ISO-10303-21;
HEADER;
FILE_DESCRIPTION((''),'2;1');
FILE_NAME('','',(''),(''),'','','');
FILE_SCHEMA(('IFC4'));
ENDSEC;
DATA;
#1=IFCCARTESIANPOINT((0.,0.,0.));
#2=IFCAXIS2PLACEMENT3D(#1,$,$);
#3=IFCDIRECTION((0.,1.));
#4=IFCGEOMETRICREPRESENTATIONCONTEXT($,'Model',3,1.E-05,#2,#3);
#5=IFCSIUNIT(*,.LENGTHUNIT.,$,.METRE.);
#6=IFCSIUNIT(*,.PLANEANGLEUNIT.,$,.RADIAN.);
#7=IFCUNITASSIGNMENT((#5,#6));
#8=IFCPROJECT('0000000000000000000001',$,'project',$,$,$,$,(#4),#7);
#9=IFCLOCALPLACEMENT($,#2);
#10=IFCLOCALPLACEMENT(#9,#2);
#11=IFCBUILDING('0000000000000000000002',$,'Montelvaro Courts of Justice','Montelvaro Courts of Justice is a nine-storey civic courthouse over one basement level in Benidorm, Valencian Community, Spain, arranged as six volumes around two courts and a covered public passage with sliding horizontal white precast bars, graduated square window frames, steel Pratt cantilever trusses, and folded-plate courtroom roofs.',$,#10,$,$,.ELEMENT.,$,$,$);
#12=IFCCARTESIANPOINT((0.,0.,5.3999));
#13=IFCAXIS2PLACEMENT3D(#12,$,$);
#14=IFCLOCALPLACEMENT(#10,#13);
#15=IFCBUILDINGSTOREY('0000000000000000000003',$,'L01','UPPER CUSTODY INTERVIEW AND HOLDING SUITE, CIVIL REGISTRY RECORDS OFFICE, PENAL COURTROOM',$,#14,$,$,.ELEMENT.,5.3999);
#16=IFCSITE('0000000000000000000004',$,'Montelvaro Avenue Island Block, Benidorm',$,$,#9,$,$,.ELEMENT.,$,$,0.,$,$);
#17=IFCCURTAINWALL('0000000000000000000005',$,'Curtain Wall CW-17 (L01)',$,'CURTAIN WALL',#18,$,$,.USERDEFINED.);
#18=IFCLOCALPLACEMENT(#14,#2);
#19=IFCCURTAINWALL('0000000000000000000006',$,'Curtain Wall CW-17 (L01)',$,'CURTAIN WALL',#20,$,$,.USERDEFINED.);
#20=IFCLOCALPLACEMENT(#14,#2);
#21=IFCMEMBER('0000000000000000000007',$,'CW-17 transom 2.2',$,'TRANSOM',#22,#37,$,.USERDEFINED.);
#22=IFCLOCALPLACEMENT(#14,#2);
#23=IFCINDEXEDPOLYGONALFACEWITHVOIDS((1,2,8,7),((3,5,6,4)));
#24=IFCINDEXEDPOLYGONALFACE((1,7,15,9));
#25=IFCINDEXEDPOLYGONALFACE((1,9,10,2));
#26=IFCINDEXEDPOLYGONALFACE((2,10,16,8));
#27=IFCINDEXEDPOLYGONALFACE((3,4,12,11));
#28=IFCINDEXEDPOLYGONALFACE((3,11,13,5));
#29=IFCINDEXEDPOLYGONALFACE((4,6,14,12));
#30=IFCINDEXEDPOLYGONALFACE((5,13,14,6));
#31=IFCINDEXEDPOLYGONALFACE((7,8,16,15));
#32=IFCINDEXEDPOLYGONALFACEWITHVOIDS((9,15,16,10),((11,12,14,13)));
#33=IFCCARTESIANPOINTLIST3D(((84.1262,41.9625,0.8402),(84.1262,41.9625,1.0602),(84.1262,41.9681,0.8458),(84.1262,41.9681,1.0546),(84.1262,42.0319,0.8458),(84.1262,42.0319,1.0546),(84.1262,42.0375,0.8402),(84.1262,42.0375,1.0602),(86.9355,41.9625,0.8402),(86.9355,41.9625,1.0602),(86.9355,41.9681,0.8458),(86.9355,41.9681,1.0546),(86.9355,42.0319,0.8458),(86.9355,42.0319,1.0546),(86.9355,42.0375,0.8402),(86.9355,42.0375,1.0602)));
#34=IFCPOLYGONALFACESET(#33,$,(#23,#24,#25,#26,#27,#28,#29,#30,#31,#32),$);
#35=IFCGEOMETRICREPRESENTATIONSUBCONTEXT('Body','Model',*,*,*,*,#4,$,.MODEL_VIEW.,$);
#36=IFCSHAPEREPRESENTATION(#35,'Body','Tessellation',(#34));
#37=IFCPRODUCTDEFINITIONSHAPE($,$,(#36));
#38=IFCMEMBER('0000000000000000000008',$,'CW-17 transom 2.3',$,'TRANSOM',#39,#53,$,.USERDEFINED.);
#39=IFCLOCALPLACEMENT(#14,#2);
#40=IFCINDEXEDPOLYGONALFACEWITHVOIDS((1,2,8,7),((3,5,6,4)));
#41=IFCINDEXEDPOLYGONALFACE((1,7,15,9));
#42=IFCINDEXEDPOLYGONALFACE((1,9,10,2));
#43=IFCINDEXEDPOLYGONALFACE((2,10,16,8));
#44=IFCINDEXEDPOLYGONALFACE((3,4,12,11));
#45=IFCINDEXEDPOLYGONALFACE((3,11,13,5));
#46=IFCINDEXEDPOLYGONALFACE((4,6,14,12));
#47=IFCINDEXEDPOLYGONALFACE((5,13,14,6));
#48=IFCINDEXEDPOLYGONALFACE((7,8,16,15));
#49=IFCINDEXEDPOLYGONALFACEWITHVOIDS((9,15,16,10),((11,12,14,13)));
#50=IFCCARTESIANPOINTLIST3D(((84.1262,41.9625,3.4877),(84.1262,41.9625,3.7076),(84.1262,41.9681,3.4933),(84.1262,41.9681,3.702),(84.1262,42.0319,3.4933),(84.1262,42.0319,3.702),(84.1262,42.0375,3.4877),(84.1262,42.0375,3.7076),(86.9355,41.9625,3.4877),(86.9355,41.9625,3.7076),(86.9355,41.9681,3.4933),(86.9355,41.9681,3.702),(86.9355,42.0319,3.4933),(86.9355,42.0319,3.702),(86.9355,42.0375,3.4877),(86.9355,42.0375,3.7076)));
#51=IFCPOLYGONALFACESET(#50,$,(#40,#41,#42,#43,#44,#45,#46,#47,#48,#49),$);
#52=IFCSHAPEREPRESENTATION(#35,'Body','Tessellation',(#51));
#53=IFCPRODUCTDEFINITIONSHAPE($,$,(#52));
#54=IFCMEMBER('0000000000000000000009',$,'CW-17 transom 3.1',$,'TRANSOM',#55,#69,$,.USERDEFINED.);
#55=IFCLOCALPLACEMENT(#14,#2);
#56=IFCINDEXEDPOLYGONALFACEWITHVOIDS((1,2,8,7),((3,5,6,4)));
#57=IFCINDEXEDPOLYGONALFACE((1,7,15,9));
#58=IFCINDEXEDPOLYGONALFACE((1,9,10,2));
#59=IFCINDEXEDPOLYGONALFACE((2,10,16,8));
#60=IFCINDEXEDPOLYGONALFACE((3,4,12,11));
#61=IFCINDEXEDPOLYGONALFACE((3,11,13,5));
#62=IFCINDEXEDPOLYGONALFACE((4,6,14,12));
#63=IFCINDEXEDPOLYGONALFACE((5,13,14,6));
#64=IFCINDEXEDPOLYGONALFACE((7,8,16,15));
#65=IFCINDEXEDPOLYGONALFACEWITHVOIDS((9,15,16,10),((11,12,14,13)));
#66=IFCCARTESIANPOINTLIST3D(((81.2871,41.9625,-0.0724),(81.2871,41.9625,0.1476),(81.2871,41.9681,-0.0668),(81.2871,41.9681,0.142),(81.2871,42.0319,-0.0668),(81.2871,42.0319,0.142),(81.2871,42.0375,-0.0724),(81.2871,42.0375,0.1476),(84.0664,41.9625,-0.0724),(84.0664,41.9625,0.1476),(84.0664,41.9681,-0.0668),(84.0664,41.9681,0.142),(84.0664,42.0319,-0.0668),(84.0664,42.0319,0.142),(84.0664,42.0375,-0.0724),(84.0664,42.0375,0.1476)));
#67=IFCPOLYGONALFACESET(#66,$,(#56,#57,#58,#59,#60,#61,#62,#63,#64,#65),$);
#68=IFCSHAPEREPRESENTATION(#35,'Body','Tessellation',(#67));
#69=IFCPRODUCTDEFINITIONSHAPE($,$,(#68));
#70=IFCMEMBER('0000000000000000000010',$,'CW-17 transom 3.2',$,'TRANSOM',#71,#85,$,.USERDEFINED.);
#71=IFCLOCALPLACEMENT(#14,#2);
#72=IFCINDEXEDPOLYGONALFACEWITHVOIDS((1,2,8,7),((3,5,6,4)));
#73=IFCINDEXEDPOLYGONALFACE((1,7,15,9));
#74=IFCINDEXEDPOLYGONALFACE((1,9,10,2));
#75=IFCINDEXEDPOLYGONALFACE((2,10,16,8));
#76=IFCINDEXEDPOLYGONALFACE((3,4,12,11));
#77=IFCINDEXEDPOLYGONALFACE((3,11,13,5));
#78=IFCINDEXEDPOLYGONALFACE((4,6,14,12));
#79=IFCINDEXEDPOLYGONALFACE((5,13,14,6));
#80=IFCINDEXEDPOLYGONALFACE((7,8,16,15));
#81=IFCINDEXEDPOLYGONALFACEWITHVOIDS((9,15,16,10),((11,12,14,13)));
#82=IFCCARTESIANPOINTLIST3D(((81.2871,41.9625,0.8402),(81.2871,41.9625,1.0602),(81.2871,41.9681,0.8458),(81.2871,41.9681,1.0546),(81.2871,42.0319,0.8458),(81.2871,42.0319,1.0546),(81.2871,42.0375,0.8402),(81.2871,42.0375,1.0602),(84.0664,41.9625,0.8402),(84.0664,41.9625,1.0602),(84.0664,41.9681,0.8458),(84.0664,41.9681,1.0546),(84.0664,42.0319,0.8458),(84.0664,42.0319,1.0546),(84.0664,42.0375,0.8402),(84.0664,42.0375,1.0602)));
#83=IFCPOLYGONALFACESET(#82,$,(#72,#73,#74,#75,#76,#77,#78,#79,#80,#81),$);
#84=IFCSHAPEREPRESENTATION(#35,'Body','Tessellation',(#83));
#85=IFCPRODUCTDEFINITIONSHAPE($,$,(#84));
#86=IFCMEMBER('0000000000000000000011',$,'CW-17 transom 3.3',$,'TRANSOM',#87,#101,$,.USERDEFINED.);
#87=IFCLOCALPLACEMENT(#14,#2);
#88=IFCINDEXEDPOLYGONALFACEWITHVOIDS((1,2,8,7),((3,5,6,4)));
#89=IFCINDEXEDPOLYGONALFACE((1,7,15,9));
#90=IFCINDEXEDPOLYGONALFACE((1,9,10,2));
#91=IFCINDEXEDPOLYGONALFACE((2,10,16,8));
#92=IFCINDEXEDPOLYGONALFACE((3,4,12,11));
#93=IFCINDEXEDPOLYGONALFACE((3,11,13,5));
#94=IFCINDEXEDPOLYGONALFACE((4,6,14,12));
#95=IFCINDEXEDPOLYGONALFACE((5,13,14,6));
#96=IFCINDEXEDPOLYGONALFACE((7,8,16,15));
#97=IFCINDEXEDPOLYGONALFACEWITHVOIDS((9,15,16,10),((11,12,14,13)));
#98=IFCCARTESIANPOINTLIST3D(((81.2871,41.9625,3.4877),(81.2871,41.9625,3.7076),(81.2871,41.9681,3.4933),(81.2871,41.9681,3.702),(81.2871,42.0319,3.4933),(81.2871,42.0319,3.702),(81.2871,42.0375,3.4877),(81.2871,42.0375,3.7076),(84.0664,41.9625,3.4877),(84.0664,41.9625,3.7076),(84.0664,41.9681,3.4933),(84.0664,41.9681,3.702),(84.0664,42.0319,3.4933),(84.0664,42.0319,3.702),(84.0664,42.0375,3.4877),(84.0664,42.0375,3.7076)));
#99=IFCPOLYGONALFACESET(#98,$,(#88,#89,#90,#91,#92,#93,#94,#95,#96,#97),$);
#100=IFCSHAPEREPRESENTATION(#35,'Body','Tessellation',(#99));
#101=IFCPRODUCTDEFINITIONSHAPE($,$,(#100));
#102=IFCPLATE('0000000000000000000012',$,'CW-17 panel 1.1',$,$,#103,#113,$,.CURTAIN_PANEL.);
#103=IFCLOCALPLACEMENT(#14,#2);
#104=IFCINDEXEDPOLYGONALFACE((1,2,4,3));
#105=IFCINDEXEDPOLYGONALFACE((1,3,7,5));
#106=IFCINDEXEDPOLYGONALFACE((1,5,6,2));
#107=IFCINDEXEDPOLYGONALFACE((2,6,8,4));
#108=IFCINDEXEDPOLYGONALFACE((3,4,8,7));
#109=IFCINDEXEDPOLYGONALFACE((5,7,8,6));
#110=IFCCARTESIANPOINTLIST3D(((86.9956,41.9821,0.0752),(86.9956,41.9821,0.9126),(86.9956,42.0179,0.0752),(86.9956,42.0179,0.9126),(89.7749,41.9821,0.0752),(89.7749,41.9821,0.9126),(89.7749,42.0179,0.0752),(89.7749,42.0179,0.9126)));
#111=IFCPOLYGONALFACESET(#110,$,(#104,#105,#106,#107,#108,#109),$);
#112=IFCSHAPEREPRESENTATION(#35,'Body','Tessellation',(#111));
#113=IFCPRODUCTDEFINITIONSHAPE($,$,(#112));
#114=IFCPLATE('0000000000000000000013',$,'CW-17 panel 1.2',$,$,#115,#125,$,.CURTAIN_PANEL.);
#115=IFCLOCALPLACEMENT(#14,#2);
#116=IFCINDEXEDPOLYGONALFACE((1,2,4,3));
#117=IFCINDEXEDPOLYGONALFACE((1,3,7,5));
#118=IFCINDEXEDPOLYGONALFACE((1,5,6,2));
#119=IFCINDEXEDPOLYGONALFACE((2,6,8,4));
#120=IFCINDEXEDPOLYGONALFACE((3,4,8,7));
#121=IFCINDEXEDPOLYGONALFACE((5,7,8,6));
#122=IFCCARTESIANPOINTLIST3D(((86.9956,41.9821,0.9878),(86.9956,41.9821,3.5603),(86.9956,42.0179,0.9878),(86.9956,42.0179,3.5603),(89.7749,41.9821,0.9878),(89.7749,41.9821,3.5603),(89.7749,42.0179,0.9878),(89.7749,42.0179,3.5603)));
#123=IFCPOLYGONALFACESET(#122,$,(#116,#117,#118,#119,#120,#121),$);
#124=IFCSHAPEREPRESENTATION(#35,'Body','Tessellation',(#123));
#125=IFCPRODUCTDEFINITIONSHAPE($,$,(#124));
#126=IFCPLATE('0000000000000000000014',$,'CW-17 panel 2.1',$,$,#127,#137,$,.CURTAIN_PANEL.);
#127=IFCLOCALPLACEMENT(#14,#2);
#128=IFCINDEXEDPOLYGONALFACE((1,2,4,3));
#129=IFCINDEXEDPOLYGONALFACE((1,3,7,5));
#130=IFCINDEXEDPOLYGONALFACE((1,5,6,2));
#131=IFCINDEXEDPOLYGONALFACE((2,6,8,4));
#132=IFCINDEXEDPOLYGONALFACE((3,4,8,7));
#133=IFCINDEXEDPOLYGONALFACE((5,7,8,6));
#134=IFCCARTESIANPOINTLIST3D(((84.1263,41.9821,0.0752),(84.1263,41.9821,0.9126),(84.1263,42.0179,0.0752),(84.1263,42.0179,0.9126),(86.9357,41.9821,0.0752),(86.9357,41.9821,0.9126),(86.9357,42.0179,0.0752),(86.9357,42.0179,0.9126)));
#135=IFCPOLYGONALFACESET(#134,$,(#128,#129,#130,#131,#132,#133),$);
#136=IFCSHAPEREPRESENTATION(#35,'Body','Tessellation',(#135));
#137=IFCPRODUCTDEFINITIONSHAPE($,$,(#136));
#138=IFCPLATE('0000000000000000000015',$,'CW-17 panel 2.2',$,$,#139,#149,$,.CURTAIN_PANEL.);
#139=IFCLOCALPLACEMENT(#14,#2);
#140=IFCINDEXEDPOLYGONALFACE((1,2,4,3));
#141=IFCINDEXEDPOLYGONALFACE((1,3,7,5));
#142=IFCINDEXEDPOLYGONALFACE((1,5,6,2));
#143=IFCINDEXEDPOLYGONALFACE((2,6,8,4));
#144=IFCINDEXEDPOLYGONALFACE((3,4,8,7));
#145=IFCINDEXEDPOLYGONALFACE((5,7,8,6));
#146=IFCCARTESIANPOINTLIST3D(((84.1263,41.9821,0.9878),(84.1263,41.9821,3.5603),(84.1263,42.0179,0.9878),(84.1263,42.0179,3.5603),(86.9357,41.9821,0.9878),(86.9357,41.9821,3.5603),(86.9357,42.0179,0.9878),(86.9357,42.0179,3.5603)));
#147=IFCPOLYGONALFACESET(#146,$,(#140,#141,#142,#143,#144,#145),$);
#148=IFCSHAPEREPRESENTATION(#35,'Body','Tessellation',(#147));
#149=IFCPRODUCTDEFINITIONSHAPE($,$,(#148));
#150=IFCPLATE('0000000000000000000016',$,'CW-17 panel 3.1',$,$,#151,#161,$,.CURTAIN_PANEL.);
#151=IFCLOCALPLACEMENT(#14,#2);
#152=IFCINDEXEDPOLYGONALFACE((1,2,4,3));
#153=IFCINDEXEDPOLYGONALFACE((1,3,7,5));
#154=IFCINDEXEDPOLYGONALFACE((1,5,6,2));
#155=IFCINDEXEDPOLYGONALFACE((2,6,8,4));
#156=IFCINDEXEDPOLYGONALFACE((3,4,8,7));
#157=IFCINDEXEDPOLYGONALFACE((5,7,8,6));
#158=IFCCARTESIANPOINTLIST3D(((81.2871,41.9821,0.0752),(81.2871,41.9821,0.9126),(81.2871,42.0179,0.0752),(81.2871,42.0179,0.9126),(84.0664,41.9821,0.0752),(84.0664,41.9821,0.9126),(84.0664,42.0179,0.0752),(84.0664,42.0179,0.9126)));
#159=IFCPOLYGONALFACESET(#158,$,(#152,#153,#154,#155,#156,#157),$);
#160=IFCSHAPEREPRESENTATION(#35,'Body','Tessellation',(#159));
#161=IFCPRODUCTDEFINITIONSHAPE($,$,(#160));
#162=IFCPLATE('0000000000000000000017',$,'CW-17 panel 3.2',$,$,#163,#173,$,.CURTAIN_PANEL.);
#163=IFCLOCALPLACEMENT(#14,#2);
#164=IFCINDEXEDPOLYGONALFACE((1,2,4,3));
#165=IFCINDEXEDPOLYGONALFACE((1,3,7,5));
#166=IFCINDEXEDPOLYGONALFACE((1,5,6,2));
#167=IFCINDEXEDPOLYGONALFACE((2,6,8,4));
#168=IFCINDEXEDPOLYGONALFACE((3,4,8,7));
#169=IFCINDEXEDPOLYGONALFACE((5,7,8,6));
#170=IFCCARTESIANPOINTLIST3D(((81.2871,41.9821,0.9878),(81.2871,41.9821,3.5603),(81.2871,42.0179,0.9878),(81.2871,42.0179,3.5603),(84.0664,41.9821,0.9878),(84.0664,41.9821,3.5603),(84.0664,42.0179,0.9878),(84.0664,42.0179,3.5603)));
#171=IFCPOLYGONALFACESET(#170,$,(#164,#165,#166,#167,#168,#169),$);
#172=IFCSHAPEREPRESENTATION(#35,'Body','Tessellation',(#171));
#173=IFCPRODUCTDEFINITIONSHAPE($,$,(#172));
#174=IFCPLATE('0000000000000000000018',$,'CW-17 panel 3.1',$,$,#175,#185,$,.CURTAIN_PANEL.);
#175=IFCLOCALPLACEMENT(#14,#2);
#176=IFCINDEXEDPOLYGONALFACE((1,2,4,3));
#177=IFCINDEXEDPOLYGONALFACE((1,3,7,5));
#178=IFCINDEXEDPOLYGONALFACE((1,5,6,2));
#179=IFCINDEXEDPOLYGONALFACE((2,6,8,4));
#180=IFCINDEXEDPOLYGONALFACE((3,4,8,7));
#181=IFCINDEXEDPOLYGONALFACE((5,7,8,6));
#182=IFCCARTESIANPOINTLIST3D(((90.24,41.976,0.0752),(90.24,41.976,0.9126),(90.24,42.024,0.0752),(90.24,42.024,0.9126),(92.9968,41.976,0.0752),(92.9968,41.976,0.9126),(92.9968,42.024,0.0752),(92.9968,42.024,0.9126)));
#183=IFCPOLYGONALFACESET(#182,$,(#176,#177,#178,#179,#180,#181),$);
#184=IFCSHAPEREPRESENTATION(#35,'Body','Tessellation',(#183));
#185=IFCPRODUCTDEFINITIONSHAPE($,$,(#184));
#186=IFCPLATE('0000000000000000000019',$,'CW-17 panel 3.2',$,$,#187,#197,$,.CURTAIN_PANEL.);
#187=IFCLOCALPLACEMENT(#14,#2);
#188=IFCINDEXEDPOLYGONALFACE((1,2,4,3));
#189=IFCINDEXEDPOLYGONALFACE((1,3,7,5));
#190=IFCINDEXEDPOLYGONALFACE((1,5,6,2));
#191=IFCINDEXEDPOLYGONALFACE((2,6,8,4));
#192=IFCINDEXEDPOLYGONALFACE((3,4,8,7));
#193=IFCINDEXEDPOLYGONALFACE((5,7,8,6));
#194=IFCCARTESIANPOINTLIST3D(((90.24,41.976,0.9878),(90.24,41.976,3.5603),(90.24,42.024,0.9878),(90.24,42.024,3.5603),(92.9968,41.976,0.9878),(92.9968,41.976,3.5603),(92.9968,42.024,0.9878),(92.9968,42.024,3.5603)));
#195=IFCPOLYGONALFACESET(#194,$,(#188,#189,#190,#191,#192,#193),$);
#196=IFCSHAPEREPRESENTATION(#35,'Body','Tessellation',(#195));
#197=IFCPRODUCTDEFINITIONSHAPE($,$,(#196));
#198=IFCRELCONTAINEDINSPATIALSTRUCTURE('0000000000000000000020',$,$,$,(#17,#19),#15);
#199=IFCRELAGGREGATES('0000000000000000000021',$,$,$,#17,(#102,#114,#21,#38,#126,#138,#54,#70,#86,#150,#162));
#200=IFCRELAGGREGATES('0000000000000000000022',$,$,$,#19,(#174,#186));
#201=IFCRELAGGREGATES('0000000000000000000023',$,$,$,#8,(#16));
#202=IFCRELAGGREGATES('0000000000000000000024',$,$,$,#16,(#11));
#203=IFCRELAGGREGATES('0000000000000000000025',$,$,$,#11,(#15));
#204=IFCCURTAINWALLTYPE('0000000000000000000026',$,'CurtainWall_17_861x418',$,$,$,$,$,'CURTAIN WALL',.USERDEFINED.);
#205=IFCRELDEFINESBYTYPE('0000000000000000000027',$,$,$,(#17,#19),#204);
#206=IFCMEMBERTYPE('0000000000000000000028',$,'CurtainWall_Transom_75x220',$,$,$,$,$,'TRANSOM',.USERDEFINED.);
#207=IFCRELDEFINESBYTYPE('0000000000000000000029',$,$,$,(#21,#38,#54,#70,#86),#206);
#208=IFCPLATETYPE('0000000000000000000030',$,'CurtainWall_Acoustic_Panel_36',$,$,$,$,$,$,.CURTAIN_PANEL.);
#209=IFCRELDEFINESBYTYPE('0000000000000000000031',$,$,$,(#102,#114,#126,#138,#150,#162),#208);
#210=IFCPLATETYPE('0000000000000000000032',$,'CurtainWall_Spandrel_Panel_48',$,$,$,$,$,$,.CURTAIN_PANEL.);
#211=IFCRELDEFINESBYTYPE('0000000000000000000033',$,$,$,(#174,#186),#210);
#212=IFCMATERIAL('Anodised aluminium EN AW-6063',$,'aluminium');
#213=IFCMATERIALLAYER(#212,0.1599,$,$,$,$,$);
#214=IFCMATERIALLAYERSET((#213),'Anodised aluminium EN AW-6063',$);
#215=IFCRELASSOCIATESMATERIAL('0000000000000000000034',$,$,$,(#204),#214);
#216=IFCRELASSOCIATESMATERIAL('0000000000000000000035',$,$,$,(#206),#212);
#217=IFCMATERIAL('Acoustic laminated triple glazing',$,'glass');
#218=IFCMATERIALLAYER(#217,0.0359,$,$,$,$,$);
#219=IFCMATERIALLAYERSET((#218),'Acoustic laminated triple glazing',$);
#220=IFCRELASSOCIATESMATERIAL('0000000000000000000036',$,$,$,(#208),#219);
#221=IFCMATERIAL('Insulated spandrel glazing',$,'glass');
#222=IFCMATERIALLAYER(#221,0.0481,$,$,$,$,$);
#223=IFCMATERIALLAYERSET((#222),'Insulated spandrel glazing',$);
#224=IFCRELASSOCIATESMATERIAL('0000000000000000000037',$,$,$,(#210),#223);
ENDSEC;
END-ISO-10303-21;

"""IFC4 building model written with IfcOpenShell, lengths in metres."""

from ifc_helpers import new_model, si_unit, direction, frame, origin, origin_2d, place, context, subcontext, project, spatial, rectangle, hollow_rectangle, extrude, material, layer, layer_set, material_profile, profile_set, type_object, element, aggregate, save


model = new_model("IFC4")

# Units and contexts
model_context = context("Model", 3, precision=1e-05, world=origin(), true_north=direction((0.0, 1.0)))
body_context = subcontext(model_context, "Body", "Model", "MODEL_VIEW")
ifc_project = project(units=[si_unit("LENGTHUNIT", "METRE"), si_unit("PLANEANGLEUNIT", "RADIAN")], contexts=[model_context])

# Site, building, storey
site_placement = place(None, origin())
site = spatial("IfcSite", under=ifc_project, at=site_placement, Name="Montelvaro Avenue Island Block, Benidorm", CompositionType="ELEMENT", RefElevation=0.0)
building_placement = place(site_placement, origin())
building = spatial("IfcBuilding", under=site, at=building_placement, Name="Montelvaro Courts of Justice", Description="Montelvaro Courts of Justice is a nine-storey civic courthouse over one basement level in Benidorm, Valencian Community, Spain, arranged as six volumes around two courts and a covered public passage with sliding horizontal white precast bars, graduated square window frames, steel Pratt cantilever trusses, and folded-plate courtroom roofs.", CompositionType="ELEMENT")
storey_placement = place(building_placement, frame((0.0, 0.0, 5.3999)))
storey = spatial("IfcBuildingStorey", under=building, at=storey_placement, Name="L01", Description="UPPER CUSTODY INTERVIEW AND HOLDING SUITE, CIVIL REGISTRY RECORDS OFFICE, PENAL COURTROOM", CompositionType="ELEMENT", Elevation=5.3999)

# Curtain walls
ifc_material_1 = material(Name="Anodised aluminium EN AW-6063", Category="aluminium")
ifc_layer_1 = layer(ifc_material_1, 0.1599)
ifc_layer_set_1 = layer_set([ifc_layer_1], Name="Anodised aluminium EN AW-6063")
curtain_wall_type = type_object("IfcCurtainWallType", Name="CurtainWall_17_861x418", ElementType="CURTAIN WALL", PredefinedType="USERDEFINED", material=ifc_layer_set_1)
curtain_wall_1_placement = place(storey_placement, origin())
curtain_wall_1 = element("IfcCurtainWall", 1, at=curtain_wall_1_placement, inside=storey, type_object=curtain_wall_type, Name="Curtain Wall CW-17 (L01)", ObjectType="CURTAIN WALL", PredefinedType="USERDEFINED")
curtain_wall_2_placement = place(storey_placement, origin())
curtain_wall_2 = element("IfcCurtainWall", 2, at=curtain_wall_2_placement, inside=storey, type_object=curtain_wall_type, Name="Curtain Wall CW-17 (L01)", ObjectType="CURTAIN WALL", PredefinedType="USERDEFINED")

# Members
ifc_material_profile_1 = material_profile(ifc_material_1, hollow_rectangle(XDim=0.075, YDim=0.22, WallThickness=0.0056, at=origin_2d()), Name="ALU-T 75x220")
ifc_profile_set_1 = profile_set([ifc_material_profile_1], Name="Anodised aluminium EN AW-6063")
member_type_1 = type_object("IfcMemberType", Name="CurtainWall_Transom_75x220", ElementType="TRANSOM", PredefinedType="USERDEFINED", material=ifc_profile_set_1)
member_1_placement = place(storey_placement, frame((86.9355, 42.0, 0.9502), z_axis=(-1.0, 0.0, 0.0), x_axis=(0.0, -1.0, 0.0)))
member_1 = element("IfcMember", 3, at=member_1_placement, type_object=member_type_1, Name="CW-17 transom 2.2", ObjectType="TRANSOM", PredefinedType="USERDEFINED", context=body_context, shape_type="SweptSolid", body=[
    extrude(hollow_rectangle(XDim=0.075, YDim=0.22, WallThickness=0.0056, at=origin_2d()), origin(), (0.0, 0.0, 1.0), 2.8093),
])
member_2_placement = place(storey_placement, frame((86.9355, 42.0, 3.5977), z_axis=(-1.0, 0.0, 0.0), x_axis=(0.0, -1.0, 0.0)))
member_2 = element("IfcMember", 4, at=member_2_placement, type_object=member_type_1, Name="CW-17 transom 2.3", ObjectType="TRANSOM", PredefinedType="USERDEFINED", context=body_context, shape_type="SweptSolid", body=[
    extrude(hollow_rectangle(XDim=0.075, YDim=0.22, WallThickness=0.0056, at=origin_2d()), origin(), (0.0, 0.0, 1.0), 2.8093),
])
member_3_placement = place(storey_placement, frame((84.0664, 42.0, 0.0376), z_axis=(-1.0, 0.0, 0.0), x_axis=(0.0, -1.0, 0.0)))
member_3 = element("IfcMember", 5, at=member_3_placement, type_object=member_type_1, Name="CW-17 transom 3.1", ObjectType="TRANSOM", PredefinedType="USERDEFINED", context=body_context, shape_type="SweptSolid", body=[
    extrude(hollow_rectangle(XDim=0.075, YDim=0.22, WallThickness=0.0056, at=origin_2d()), origin(), (0.0, 0.0, 1.0), 2.7793),
])
member_4_placement = place(storey_placement, frame((84.0664, 42.0, 0.9502), z_axis=(-1.0, 0.0, 0.0), x_axis=(0.0, -1.0, 0.0)))
member_4 = element("IfcMember", 6, at=member_4_placement, type_object=member_type_1, Name="CW-17 transom 3.2", ObjectType="TRANSOM", PredefinedType="USERDEFINED", context=body_context, shape_type="SweptSolid", body=[
    extrude(hollow_rectangle(XDim=0.075, YDim=0.22, WallThickness=0.0056, at=origin_2d()), origin(), (0.0, 0.0, 1.0), 2.7793),
])
member_5_placement = place(storey_placement, frame((84.0664, 42.0, 3.5977), z_axis=(-1.0, 0.0, 0.0), x_axis=(0.0, -1.0, 0.0)))
member_5 = element("IfcMember", 7, at=member_5_placement, type_object=member_type_1, Name="CW-17 transom 3.3", ObjectType="TRANSOM", PredefinedType="USERDEFINED", context=body_context, shape_type="SweptSolid", body=[
    extrude(hollow_rectangle(XDim=0.075, YDim=0.22, WallThickness=0.0056, at=origin_2d()), origin(), (0.0, 0.0, 1.0), 2.7793),
])

# Plates
ifc_material_2 = material(Name="Acoustic laminated triple glazing", Category="glass")
ifc_layer_2 = layer(ifc_material_2, 0.0359)
ifc_layer_set_2 = layer_set([ifc_layer_2], Name="Acoustic laminated triple glazing")
plate_type_1 = type_object("IfcPlateType", Name="CurtainWall_Acoustic_Panel_36", PredefinedType="CURTAIN_PANEL", material=ifc_layer_set_2)
plate_1_placement = place(storey_placement, frame((88.3853, 42.0, 0.0752), z_axis=(0.0, 0.0, 1.0), x_axis=(-1.0, 0.0, 0.0)))
plate_1 = element("IfcPlate", 8, at=plate_1_placement, type_object=plate_type_1, Name="CW-17 panel 1.1", PredefinedType="CURTAIN_PANEL", context=body_context, shape_type="SweptSolid", body=[
    extrude(rectangle(XDim=2.7793, YDim=0.0359, at=origin_2d()), origin(), (0.0, 0.0, 1.0), 0.8374),
])
plate_2_placement = place(storey_placement, frame((88.3853, 42.0, 0.9878), z_axis=(0.0, 0.0, 1.0), x_axis=(-1.0, 0.0, 0.0)))
plate_2 = element("IfcPlate", 9, at=plate_2_placement, type_object=plate_type_1, Name="CW-17 panel 1.2", PredefinedType="CURTAIN_PANEL", context=body_context, shape_type="SweptSolid", body=[
    extrude(rectangle(XDim=2.7793, YDim=0.0359, at=origin_2d()), origin(), (0.0, 0.0, 1.0), 2.5725),
])
plate_3_placement = place(storey_placement, frame((85.531, 42.0, 0.0752), z_axis=(0.0, 0.0, 1.0), x_axis=(-1.0, 0.0, 0.0)))
plate_3 = element("IfcPlate", 10, at=plate_3_placement, type_object=plate_type_1, Name="CW-17 panel 2.1", PredefinedType="CURTAIN_PANEL", context=body_context, shape_type="SweptSolid", body=[
    extrude(rectangle(XDim=2.8093, YDim=0.0359, at=origin_2d()), origin(), (0.0, 0.0, 1.0), 0.8374),
])
plate_4_placement = place(storey_placement, frame((85.531, 42.0, 0.9878), z_axis=(0.0, 0.0, 1.0), x_axis=(-1.0, 0.0, 0.0)))
plate_4 = element("IfcPlate", 11, at=plate_4_placement, type_object=plate_type_1, Name="CW-17 panel 2.2", PredefinedType="CURTAIN_PANEL", context=body_context, shape_type="SweptSolid", body=[
    extrude(rectangle(XDim=2.8093, YDim=0.0359, at=origin_2d()), origin(), (0.0, 0.0, 1.0), 2.5725),
])
plate_5_placement = place(storey_placement, frame((82.6768, 42.0, 0.0752), z_axis=(0.0, 0.0, 1.0), x_axis=(-1.0, 0.0, 0.0)))
plate_5 = element("IfcPlate", 12, at=plate_5_placement, type_object=plate_type_1, Name="CW-17 panel 3.1", PredefinedType="CURTAIN_PANEL", context=body_context, shape_type="SweptSolid", body=[
    extrude(rectangle(XDim=2.7793, YDim=0.0359, at=origin_2d()), origin(), (0.0, 0.0, 1.0), 0.8374),
])
plate_6_placement = place(storey_placement, frame((82.6768, 42.0, 0.9878), z_axis=(0.0, 0.0, 1.0), x_axis=(-1.0, 0.0, 0.0)))
plate_6 = element("IfcPlate", 13, at=plate_6_placement, type_object=plate_type_1, Name="CW-17 panel 3.2", PredefinedType="CURTAIN_PANEL", context=body_context, shape_type="SweptSolid", body=[
    extrude(rectangle(XDim=2.7793, YDim=0.0359, at=origin_2d()), origin(), (0.0, 0.0, 1.0), 2.5725),
])
aggregate(curtain_wall_1, [plate_1, plate_2, member_1, member_2, plate_3, plate_4, member_3, member_4, member_5, plate_5, plate_6])
ifc_material_3 = material(Name="Insulated spandrel glazing", Category="glass")
ifc_layer_3 = layer(ifc_material_3, 0.0481)
ifc_layer_set_3 = layer_set([ifc_layer_3], Name="Insulated spandrel glazing")
plate_type_2 = type_object("IfcPlateType", Name="CurtainWall_Spandrel_Panel_48", PredefinedType="CURTAIN_PANEL", material=ifc_layer_set_3)
plate_7_placement = place(storey_placement, frame((91.6184, 42.0, 0.0752), z_axis=(0.0, 0.0, 1.0), x_axis=(-1.0, 0.0, 0.0)))
plate_7 = element("IfcPlate", 14, at=plate_7_placement, type_object=plate_type_2, Name="CW-17 panel 3.1", PredefinedType="CURTAIN_PANEL", context=body_context, shape_type="SweptSolid", body=[
    extrude(rectangle(XDim=2.7568, YDim=0.0481, at=origin_2d()), origin(), (0.0, 0.0, 1.0), 0.8374),
])
plate_8_placement = place(storey_placement, frame((91.6184, 42.0, 0.9878), z_axis=(0.0, 0.0, 1.0), x_axis=(-1.0, 0.0, 0.0)))
plate_8 = element("IfcPlate", 15, at=plate_8_placement, type_object=plate_type_2, Name="CW-17 panel 3.2", PredefinedType="CURTAIN_PANEL", context=body_context, shape_type="SweptSolid", body=[
    extrude(rectangle(XDim=2.7568, YDim=0.0481, at=origin_2d()), origin(), (0.0, 0.0, 1.0), 2.5725),
])
aggregate(curtain_wall_2, [plate_7, plate_8])

save(model, "model.ifc")
